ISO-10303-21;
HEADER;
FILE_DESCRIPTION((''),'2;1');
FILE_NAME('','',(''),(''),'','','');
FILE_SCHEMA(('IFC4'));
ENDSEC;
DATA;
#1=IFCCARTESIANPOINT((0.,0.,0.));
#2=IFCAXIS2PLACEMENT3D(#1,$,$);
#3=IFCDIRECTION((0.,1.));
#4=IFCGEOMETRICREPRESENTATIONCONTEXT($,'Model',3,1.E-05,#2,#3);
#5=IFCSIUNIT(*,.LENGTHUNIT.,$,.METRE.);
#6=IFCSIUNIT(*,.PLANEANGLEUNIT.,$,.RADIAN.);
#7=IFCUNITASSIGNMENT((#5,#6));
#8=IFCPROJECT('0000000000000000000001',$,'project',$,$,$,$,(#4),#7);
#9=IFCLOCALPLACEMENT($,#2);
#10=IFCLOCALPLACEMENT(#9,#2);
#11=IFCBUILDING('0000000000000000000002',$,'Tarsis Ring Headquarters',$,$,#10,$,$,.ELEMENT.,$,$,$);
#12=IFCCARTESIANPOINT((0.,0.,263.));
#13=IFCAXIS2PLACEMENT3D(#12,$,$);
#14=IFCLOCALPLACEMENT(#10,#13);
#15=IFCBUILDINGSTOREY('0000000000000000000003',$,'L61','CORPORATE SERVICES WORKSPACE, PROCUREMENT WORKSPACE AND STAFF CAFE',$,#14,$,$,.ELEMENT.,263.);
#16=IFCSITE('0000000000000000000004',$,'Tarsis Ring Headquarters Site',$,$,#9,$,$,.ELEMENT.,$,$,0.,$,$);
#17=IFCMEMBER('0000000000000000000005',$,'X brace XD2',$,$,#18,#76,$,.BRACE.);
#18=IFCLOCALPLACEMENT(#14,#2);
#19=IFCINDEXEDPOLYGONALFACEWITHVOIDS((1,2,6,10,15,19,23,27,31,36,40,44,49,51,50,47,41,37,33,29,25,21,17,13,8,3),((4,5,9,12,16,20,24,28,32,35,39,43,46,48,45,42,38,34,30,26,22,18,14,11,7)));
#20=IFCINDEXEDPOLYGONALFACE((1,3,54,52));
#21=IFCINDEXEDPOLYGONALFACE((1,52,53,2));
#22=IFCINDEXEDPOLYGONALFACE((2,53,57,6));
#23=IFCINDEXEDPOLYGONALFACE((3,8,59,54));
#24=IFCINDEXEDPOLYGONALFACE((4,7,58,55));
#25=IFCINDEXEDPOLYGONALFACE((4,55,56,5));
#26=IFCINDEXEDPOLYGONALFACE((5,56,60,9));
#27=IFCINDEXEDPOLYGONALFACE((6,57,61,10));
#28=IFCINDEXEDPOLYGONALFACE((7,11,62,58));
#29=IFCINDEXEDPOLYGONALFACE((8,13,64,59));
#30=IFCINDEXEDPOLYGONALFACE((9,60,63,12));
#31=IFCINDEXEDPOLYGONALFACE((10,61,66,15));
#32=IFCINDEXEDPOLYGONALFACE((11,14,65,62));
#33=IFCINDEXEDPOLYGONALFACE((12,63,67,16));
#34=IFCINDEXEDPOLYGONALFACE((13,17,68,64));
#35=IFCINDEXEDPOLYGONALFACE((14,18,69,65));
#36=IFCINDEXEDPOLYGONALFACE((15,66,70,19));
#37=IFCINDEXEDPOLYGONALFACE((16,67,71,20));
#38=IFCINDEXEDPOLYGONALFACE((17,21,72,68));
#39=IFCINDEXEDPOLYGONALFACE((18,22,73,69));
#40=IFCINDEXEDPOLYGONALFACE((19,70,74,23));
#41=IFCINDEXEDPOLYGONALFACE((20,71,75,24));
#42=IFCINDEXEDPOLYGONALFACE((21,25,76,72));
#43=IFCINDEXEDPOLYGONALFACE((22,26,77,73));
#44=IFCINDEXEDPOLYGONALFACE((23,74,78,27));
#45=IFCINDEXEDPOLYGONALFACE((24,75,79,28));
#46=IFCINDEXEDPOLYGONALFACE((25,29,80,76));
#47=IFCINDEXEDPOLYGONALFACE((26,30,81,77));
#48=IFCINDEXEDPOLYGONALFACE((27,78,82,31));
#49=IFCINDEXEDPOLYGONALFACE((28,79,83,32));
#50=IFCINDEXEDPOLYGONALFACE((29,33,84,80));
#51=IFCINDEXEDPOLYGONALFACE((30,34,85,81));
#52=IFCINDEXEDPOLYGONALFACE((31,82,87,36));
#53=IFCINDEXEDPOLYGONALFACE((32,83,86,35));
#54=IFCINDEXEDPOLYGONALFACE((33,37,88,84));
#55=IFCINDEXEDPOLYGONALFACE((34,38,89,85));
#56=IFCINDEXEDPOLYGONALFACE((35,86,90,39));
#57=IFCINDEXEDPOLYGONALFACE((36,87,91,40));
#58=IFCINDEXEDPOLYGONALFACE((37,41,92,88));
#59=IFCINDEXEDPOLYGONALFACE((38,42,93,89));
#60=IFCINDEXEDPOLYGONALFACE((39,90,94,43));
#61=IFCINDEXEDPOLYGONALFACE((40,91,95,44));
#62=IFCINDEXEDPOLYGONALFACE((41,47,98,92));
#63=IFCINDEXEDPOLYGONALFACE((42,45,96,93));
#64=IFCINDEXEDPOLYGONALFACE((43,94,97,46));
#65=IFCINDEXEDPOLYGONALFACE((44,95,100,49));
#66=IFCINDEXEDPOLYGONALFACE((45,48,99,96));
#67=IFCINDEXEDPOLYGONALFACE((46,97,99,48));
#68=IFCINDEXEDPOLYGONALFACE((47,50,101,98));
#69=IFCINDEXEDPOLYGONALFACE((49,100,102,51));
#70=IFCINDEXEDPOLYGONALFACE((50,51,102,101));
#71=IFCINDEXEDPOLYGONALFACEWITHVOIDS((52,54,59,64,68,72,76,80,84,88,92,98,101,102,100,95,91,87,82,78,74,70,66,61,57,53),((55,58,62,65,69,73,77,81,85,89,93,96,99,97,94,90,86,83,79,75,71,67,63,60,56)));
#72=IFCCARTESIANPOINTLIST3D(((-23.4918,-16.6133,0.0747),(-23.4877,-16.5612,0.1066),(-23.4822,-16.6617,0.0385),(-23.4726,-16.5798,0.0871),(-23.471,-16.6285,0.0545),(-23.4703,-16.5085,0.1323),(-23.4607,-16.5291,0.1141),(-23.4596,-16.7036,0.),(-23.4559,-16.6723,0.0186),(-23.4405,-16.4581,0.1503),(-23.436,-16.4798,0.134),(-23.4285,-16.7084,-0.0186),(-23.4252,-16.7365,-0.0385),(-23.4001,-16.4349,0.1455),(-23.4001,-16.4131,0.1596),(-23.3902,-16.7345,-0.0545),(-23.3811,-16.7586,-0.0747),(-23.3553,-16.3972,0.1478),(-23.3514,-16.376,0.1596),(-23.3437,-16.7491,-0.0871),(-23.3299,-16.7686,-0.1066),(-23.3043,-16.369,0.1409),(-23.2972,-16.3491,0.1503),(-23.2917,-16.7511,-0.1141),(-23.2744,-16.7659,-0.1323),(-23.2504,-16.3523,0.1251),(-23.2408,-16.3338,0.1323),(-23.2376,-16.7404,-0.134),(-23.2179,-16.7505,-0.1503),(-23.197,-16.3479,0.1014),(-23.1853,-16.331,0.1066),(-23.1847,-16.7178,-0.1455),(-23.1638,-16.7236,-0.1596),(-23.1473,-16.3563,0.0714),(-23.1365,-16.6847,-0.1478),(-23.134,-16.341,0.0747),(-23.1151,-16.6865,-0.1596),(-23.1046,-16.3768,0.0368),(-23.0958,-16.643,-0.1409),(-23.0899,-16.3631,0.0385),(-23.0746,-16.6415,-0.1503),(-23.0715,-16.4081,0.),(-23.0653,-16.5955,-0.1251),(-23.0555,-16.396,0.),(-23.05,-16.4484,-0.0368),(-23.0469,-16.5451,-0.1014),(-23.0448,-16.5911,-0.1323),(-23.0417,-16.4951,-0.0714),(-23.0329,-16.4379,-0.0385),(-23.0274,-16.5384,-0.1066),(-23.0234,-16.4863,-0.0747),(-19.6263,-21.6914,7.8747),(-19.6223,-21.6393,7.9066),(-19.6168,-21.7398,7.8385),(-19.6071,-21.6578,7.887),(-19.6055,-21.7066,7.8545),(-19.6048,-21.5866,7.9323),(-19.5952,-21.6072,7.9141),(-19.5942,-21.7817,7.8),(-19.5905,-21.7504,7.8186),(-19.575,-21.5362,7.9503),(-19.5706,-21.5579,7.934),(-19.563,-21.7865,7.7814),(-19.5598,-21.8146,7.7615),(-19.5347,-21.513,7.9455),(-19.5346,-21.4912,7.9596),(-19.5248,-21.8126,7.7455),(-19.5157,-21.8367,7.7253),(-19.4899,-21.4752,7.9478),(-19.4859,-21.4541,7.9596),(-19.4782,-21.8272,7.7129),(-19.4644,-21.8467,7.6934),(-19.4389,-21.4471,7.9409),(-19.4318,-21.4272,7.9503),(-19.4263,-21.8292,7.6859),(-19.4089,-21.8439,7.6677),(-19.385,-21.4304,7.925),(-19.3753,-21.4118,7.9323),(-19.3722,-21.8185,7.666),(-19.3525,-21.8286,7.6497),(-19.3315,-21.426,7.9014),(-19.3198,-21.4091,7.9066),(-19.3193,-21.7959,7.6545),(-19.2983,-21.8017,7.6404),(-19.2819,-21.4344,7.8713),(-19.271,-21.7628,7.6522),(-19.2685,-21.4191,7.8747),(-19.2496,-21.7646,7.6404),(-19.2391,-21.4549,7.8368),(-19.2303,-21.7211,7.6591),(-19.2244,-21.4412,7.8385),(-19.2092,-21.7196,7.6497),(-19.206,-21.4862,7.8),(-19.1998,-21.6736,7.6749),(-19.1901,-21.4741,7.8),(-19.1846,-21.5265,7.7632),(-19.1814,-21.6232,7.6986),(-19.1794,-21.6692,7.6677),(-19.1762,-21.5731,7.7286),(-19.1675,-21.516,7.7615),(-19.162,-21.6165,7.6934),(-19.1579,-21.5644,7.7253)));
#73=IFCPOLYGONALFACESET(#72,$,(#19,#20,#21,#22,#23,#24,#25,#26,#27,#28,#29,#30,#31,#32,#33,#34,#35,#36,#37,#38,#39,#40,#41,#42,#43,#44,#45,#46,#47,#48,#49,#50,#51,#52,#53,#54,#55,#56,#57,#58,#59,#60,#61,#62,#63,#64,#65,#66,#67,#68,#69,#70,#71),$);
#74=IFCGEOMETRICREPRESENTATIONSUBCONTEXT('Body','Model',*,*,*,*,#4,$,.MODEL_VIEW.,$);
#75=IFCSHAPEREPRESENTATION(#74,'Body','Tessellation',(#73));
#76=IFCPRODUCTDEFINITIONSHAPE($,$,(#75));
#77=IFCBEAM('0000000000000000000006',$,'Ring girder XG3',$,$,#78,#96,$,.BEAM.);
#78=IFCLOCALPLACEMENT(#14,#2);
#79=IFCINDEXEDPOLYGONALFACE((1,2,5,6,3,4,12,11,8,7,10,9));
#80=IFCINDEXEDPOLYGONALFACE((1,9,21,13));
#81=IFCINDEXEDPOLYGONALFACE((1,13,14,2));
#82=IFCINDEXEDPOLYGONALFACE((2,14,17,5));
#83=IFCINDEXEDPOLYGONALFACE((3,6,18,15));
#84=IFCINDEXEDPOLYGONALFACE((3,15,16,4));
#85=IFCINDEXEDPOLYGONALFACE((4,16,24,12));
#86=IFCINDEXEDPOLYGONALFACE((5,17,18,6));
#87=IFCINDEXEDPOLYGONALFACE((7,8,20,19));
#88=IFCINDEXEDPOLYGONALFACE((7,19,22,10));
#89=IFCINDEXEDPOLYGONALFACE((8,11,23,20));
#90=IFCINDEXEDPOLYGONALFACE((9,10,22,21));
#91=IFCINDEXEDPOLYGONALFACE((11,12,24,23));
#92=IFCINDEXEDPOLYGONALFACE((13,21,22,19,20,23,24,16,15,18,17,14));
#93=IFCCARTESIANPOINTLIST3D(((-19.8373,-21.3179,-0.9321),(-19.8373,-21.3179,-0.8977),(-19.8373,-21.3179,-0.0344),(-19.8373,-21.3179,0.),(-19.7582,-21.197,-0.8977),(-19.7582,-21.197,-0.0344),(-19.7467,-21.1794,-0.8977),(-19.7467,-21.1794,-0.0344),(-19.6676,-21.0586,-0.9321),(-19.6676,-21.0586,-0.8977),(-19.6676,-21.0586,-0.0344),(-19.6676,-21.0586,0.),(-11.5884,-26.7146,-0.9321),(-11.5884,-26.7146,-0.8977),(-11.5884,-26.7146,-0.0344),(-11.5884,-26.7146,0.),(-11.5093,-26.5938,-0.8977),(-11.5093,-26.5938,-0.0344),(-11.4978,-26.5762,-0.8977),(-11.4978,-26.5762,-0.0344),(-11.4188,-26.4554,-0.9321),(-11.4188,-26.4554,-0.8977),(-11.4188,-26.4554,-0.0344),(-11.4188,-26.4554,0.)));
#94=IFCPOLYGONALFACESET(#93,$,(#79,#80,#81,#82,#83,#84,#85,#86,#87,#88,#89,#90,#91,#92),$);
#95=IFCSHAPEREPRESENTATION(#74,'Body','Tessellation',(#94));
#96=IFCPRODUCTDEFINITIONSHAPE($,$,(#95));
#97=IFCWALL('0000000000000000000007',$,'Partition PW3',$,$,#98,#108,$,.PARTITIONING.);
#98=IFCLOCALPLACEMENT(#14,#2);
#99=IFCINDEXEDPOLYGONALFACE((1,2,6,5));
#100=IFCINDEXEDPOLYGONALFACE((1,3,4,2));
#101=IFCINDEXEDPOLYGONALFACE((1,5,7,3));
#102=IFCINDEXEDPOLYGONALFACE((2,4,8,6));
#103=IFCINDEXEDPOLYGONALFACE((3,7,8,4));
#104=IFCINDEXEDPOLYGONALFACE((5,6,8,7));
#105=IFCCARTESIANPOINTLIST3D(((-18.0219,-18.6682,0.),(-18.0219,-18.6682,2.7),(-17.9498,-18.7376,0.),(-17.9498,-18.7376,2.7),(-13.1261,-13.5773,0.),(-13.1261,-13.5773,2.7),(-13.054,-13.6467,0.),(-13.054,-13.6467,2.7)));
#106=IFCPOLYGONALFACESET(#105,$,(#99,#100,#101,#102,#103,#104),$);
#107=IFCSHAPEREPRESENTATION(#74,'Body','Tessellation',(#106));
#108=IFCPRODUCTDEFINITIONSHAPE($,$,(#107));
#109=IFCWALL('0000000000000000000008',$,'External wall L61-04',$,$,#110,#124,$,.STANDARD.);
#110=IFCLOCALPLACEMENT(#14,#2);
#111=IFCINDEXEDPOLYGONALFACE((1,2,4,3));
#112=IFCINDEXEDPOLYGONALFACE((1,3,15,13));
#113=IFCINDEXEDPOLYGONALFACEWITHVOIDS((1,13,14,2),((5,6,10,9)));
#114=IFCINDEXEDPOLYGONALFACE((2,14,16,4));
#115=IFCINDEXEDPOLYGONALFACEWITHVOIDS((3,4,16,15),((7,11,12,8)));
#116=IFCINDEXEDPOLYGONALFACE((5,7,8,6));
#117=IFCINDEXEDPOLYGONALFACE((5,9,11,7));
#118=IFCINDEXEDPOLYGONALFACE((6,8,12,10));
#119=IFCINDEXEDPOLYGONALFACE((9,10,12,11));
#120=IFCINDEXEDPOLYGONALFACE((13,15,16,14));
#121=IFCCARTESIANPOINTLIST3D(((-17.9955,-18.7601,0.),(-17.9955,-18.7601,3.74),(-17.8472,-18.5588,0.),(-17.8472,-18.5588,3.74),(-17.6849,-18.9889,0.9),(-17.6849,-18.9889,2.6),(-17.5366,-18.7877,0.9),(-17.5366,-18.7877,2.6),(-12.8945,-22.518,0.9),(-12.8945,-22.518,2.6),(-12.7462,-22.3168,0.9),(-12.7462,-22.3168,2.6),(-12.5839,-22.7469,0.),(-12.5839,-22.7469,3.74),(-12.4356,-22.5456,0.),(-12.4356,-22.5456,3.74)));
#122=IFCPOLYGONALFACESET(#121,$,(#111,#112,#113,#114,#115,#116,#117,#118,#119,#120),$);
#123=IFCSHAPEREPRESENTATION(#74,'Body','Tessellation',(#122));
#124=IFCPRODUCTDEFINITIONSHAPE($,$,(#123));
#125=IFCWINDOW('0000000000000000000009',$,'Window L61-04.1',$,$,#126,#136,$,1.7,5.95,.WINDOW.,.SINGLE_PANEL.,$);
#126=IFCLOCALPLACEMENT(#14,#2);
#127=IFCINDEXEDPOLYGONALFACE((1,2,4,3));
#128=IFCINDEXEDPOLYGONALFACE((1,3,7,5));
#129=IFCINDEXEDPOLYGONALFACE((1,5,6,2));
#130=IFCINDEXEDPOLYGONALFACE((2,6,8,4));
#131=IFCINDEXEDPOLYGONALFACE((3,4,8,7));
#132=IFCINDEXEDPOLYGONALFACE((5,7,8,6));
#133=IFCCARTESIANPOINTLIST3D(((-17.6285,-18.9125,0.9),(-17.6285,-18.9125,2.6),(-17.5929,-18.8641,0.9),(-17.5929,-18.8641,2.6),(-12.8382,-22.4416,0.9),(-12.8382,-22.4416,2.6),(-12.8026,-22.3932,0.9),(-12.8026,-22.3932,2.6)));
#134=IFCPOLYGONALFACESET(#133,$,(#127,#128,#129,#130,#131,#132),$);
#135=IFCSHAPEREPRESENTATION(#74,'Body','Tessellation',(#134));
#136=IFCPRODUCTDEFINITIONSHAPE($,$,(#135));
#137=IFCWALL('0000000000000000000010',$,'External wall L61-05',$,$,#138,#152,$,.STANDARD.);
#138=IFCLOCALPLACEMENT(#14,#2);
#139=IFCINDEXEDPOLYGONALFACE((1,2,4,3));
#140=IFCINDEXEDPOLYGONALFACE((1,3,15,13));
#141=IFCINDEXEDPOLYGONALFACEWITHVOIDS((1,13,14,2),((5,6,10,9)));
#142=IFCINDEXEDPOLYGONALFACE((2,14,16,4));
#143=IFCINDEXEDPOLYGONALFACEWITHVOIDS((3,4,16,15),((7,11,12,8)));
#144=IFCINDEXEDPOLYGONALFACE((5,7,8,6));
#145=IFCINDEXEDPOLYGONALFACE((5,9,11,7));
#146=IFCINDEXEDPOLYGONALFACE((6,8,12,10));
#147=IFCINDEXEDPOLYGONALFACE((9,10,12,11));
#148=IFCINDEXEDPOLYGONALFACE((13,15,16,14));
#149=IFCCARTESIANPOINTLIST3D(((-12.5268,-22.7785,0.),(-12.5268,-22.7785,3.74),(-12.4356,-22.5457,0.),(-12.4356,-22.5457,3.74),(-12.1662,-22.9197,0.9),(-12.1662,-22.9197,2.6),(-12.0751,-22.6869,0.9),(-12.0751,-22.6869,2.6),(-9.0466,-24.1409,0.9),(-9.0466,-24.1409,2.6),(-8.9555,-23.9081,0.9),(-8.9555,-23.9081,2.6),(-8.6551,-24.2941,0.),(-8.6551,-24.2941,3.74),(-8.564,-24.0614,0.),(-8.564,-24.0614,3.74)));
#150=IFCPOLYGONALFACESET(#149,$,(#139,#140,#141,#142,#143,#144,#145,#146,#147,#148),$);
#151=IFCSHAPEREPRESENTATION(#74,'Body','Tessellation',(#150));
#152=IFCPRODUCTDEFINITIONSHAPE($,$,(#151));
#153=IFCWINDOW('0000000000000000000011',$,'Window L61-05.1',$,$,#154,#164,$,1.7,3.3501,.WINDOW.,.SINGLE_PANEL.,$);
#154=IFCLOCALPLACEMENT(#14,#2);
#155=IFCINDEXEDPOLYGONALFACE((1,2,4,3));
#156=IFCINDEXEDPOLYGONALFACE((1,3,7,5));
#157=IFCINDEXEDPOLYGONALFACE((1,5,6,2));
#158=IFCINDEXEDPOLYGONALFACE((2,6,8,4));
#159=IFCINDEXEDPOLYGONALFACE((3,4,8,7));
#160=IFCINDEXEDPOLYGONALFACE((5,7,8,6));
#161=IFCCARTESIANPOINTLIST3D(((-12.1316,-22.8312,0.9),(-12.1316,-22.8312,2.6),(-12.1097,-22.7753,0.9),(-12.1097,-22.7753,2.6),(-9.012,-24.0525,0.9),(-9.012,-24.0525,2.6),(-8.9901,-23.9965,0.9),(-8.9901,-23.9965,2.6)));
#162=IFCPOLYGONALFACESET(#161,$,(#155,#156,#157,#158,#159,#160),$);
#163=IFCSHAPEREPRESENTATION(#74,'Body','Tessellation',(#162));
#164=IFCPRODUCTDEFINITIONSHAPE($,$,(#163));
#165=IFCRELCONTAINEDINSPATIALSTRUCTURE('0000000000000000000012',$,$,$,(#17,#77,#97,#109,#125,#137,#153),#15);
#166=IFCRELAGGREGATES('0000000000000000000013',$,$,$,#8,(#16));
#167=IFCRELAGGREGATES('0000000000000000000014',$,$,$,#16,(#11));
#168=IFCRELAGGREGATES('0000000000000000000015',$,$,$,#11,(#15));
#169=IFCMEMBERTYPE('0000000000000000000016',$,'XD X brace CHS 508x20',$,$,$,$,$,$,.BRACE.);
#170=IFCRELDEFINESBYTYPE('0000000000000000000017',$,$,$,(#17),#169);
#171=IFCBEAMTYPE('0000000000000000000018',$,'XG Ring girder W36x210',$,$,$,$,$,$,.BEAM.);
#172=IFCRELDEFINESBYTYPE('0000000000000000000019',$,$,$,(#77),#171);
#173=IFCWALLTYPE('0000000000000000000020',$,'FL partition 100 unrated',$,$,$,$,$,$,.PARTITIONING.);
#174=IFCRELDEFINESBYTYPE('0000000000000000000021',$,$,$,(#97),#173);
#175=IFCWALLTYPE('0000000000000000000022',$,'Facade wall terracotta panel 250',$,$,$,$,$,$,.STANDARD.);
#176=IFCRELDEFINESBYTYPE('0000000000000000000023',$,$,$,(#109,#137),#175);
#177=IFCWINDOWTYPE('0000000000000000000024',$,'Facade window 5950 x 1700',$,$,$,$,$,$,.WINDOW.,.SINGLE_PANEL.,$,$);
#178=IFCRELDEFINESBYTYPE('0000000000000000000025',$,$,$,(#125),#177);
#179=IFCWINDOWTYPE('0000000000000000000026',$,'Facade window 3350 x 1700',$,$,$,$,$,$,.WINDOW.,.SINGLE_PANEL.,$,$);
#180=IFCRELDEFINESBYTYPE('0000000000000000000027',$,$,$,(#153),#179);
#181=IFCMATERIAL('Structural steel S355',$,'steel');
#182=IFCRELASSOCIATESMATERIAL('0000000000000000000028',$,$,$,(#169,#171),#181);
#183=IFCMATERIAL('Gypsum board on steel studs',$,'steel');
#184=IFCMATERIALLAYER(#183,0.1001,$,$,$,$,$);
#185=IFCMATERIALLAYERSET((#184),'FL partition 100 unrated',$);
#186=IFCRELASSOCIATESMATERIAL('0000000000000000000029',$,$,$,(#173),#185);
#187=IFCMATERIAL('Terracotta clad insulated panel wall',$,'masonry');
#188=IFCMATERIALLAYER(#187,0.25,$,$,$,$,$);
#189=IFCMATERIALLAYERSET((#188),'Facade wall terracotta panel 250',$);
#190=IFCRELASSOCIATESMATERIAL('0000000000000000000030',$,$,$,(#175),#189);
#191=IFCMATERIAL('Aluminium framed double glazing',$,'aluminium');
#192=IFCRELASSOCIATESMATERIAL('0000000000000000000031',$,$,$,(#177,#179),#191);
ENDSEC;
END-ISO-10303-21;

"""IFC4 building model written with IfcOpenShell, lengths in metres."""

from ifc_helpers import new_model, si_unit, direction, frame, frame_2d, origin, origin_2d, place, context, subcontext, project, spatial, rectangle, hollow_circle, i_section, extrude, material, layer, layer_set, material_profile, profile_set, type_object, element, fill, save


model = new_model("IFC4")

# Units and contexts
model_context = context("Model", 3, precision=1e-05, world=origin(), true_north=direction((0.0, 1.0)))
body_context = subcontext(model_context, "Body", "Model", "MODEL_VIEW")
ifc_project = project(units=[si_unit("LENGTHUNIT", "METRE"), si_unit("PLANEANGLEUNIT", "RADIAN")], contexts=[model_context])

# Site, building, storey
site_placement = place(None, origin())
site = spatial("IfcSite", under=ifc_project, at=site_placement, Name="Tarsis Ring Headquarters Site", CompositionType="ELEMENT", RefElevation=0.0)
building_placement = place(site_placement, origin())
building = spatial("IfcBuilding", under=site, at=building_placement, Name="Tarsis Ring Headquarters", CompositionType="ELEMENT")
storey_placement = place(building_placement, frame((0.0, 0.0, 263.0)))
storey = spatial("IfcBuildingStorey", under=building, at=storey_placement, Name="L61", Description="CORPORATE SERVICES WORKSPACE, PROCUREMENT WORKSPACE AND STAFF CAFE", CompositionType="ELEMENT", Elevation=263.0)

# Shared definitions
ifc_material_1 = material(Name="Structural steel S355", Category="steel")

# Member
ifc_material_profile_1 = material_profile(ifc_material_1, hollow_circle(Radius=0.2539, WallThickness=0.02, at=origin_2d()), Name="CHS 508x20")
ifc_profile_set_1 = profile_set([ifc_material_profile_1], Name="Structural steel S355")
member_type = type_object("IfcMemberType", Name="XD X brace CHS 508x20", PredefinedType="BRACE", material=ifc_profile_set_1)
member_1_placement = place(storey_placement, frame((-23.2576, -16.5498, 0.0), z_axis=(0.383549, -0.503872, 0.773953), x_axis=(0.795701, 0.605689, 0.0)))
element("IfcMember", 1, at=member_1_placement, inside=storey, type_object=member_type, Name="X brace XD2", PredefinedType="BRACE", context=body_context, shape_type="SweptSolid", body=[
    extrude(hollow_circle(Radius=0.2539, WallThickness=0.02, at=origin_2d()), origin(), (0.0, 0.0, 1.0), 10.0781),
])

# Beam
ifc_material_profile_2 = material_profile(ifc_material_1, i_section(OverallWidth=0.3098, OverallDepth=0.9321, WebThickness=0.021, FlangeThickness=0.0344, at=origin_2d()), Name="W36x210")
ifc_profile_set_2 = profile_set([ifc_material_profile_2], Name="Structural steel S355")
beam_type_1 = type_object("IfcBeamType", Name="XG Ring girder W36x210", PredefinedType="BEAM", material=ifc_profile_set_2)
beam_1_placement = place(storey_placement, frame((-19.7524, -21.1882, -0.4661), z_axis=(0.836816, -0.547484, 0.0), x_axis=(0.547484, 0.836816, 0.0)))
element("IfcBeam", 2, at=beam_1_placement, inside=storey, type_object=beam_type_1, Name="Ring girder XG3", PredefinedType="BEAM", context=body_context, shape_type="SweptSolid", body=[
    extrude(i_section(OverallWidth=0.3098, OverallDepth=0.9321, WebThickness=0.021, FlangeThickness=0.0344, at=origin_2d()), origin(), (0.0, 0.0, 1.0), 9.8574),
])

# Wall
ifc_material_2 = material(Name="Gypsum board on steel studs", Category="steel")
ifc_layer_1 = layer(ifc_material_2, 0.1001)
ifc_layer_set_1 = layer_set([ifc_layer_1], Name="FL partition 100 unrated")
wall_type_1 = type_object("IfcWallType", Name="FL partition 100 unrated", PredefinedType="PARTITIONING", material=ifc_layer_set_1)
wall_1_placement = place(storey_placement, frame((-17.9858, -18.7029, 0.0), z_axis=(0.0, 0.0, 1.0), x_axis=(0.693163, 0.720781, 0.0)))
element("IfcWall", 3, at=wall_1_placement, inside=storey, type_object=wall_type_1, Name="Partition PW3", PredefinedType="PARTITIONING", context=body_context, shape_type="SweptSolid", body=[
    extrude(rectangle(XDim=7.063, YDim=0.1001, at=frame_2d((3.5315, 0.0))), origin(), (0.0, 0.0, 1.0), 2.7),
])

# Walls, openings, windows
ifc_material_3 = material(Name="Terracotta clad insulated panel wall", Category="masonry")
ifc_layer_2 = layer(ifc_material_3, 0.25)
ifc_layer_set_2 = layer_set([ifc_layer_2], Name="Facade wall terracotta panel 250")
wall_type_2 = type_object("IfcWallType", Name="Facade wall terracotta panel 250", PredefinedType="STANDARD", material=ifc_layer_set_2)
wall_2_placement = place(storey_placement, frame((-17.9214, -18.6594, 0.0), z_axis=(0.0, 0.0, 1.0), x_axis=(0.805105, -0.593132, 0.0)))
wall_2 = element("IfcWall", 4, at=wall_2_placement, inside=storey, type_object=wall_type_2, Name="External wall L61-04", PredefinedType="STANDARD", context=body_context, shape_type="SweptSolid", body=[
    extrude(rectangle(XDim=6.7217, YDim=0.25, at=frame_2d((3.3608, 0.0))), origin(), (0.0, 0.0, 1.0), 3.74),
])
opening_1_placement = place(wall_2_placement, frame((0.3857, 0.0, 0.8999)))
opening_1 = element("IfcOpeningElement", 5, at=opening_1_placement, cuts=wall_2, PredefinedType="OPENING", context=body_context, shape_type="SweptSolid", body=[
    extrude(rectangle(XDim=5.95, YDim=1.7, at=frame_2d((2.9751, 0.8501))), frame((0.0, 0.135, 0.0), z_axis=(0.0, -1.0, 0.0), x_axis=(1.0, 0.0, 0.0)), (0.0, 0.0, 1.0), 0.27),
])
ifc_material_4 = material(Name="Aluminium framed double glazing", Category="aluminium")
window_type_1 = type_object("IfcWindowType", Name="Facade window 5950 x 1700", PartitioningType="SINGLE_PANEL", PredefinedType="WINDOW", material=ifc_material_4)
window_1_placement = place(opening_1_placement, origin())
window_1 = element("IfcWindow", 6, at=window_1_placement, inside=storey, type_object=window_type_1, Name="Window L61-04.1", OverallHeight=1.7, OverallWidth=5.95, PartitioningType="SINGLE_PANEL", PredefinedType="WINDOW", context=body_context, shape_type="SweptSolid", body=[
    extrude(rectangle(XDim=5.95, YDim=1.7, at=frame_2d((2.9751, 0.8501))), frame((0.0, 0.03, 0.0), z_axis=(0.0, -1.0, 0.0), x_axis=(1.0, 0.0, 0.0)), (0.0, 0.0, 1.0), 0.0601),
])
fill(opening_1, window_1)
wall_3_placement = place(storey_placement, frame((-12.4812, -22.6621, 0.0), z_axis=(0.0, 0.0, 1.0), x_axis=(0.931189, -0.364537, 0.0)))
wall_3 = element("IfcWall", 7, at=wall_3_placement, inside=storey, type_object=wall_type_2, Name="External wall L61-05", PredefinedType="STANDARD", context=body_context, shape_type="SweptSolid", body=[
    extrude(rectangle(XDim=4.1577, YDim=0.25, at=frame_2d((2.0789, 0.0))), origin(), (0.0, 0.0, 1.0), 3.74),
])
opening_2_placement = place(wall_3_placement, frame((0.3872, 0.0, 0.8999)))
opening_2 = element("IfcOpeningElement", 8, at=opening_2_placement, cuts=wall_3, PredefinedType="OPENING", context=body_context, shape_type="SweptSolid", body=[
    extrude(rectangle(XDim=3.3501, YDim=1.7, at=frame_2d((1.675, 0.8501))), frame((0.0, 0.135, 0.0), z_axis=(0.0, -1.0, 0.0), x_axis=(1.0, 0.0, 0.0)), (0.0, 0.0, 1.0), 0.27),
])
window_type_2 = type_object("IfcWindowType", Name="Facade window 3350 x 1700", PartitioningType="SINGLE_PANEL", PredefinedType="WINDOW", material=ifc_material_4)
window_2_placement = place(opening_2_placement, origin())
window_2 = element("IfcWindow", 9, at=window_2_placement, inside=storey, type_object=window_type_2, Name="Window L61-05.1", OverallHeight=1.7, OverallWidth=3.3501, PartitioningType="SINGLE_PANEL", PredefinedType="WINDOW", context=body_context, shape_type="SweptSolid", body=[
    extrude(rectangle(XDim=3.3501, YDim=1.7, at=frame_2d((1.675, 0.8501))), frame((0.0, 0.03, 0.0), z_axis=(0.0, -1.0, 0.0), x_axis=(1.0, 0.0, 0.0)), (0.0, 0.0, 1.0), 0.0601),
])
fill(opening_2, window_2)

save(model, "model.ifc")
